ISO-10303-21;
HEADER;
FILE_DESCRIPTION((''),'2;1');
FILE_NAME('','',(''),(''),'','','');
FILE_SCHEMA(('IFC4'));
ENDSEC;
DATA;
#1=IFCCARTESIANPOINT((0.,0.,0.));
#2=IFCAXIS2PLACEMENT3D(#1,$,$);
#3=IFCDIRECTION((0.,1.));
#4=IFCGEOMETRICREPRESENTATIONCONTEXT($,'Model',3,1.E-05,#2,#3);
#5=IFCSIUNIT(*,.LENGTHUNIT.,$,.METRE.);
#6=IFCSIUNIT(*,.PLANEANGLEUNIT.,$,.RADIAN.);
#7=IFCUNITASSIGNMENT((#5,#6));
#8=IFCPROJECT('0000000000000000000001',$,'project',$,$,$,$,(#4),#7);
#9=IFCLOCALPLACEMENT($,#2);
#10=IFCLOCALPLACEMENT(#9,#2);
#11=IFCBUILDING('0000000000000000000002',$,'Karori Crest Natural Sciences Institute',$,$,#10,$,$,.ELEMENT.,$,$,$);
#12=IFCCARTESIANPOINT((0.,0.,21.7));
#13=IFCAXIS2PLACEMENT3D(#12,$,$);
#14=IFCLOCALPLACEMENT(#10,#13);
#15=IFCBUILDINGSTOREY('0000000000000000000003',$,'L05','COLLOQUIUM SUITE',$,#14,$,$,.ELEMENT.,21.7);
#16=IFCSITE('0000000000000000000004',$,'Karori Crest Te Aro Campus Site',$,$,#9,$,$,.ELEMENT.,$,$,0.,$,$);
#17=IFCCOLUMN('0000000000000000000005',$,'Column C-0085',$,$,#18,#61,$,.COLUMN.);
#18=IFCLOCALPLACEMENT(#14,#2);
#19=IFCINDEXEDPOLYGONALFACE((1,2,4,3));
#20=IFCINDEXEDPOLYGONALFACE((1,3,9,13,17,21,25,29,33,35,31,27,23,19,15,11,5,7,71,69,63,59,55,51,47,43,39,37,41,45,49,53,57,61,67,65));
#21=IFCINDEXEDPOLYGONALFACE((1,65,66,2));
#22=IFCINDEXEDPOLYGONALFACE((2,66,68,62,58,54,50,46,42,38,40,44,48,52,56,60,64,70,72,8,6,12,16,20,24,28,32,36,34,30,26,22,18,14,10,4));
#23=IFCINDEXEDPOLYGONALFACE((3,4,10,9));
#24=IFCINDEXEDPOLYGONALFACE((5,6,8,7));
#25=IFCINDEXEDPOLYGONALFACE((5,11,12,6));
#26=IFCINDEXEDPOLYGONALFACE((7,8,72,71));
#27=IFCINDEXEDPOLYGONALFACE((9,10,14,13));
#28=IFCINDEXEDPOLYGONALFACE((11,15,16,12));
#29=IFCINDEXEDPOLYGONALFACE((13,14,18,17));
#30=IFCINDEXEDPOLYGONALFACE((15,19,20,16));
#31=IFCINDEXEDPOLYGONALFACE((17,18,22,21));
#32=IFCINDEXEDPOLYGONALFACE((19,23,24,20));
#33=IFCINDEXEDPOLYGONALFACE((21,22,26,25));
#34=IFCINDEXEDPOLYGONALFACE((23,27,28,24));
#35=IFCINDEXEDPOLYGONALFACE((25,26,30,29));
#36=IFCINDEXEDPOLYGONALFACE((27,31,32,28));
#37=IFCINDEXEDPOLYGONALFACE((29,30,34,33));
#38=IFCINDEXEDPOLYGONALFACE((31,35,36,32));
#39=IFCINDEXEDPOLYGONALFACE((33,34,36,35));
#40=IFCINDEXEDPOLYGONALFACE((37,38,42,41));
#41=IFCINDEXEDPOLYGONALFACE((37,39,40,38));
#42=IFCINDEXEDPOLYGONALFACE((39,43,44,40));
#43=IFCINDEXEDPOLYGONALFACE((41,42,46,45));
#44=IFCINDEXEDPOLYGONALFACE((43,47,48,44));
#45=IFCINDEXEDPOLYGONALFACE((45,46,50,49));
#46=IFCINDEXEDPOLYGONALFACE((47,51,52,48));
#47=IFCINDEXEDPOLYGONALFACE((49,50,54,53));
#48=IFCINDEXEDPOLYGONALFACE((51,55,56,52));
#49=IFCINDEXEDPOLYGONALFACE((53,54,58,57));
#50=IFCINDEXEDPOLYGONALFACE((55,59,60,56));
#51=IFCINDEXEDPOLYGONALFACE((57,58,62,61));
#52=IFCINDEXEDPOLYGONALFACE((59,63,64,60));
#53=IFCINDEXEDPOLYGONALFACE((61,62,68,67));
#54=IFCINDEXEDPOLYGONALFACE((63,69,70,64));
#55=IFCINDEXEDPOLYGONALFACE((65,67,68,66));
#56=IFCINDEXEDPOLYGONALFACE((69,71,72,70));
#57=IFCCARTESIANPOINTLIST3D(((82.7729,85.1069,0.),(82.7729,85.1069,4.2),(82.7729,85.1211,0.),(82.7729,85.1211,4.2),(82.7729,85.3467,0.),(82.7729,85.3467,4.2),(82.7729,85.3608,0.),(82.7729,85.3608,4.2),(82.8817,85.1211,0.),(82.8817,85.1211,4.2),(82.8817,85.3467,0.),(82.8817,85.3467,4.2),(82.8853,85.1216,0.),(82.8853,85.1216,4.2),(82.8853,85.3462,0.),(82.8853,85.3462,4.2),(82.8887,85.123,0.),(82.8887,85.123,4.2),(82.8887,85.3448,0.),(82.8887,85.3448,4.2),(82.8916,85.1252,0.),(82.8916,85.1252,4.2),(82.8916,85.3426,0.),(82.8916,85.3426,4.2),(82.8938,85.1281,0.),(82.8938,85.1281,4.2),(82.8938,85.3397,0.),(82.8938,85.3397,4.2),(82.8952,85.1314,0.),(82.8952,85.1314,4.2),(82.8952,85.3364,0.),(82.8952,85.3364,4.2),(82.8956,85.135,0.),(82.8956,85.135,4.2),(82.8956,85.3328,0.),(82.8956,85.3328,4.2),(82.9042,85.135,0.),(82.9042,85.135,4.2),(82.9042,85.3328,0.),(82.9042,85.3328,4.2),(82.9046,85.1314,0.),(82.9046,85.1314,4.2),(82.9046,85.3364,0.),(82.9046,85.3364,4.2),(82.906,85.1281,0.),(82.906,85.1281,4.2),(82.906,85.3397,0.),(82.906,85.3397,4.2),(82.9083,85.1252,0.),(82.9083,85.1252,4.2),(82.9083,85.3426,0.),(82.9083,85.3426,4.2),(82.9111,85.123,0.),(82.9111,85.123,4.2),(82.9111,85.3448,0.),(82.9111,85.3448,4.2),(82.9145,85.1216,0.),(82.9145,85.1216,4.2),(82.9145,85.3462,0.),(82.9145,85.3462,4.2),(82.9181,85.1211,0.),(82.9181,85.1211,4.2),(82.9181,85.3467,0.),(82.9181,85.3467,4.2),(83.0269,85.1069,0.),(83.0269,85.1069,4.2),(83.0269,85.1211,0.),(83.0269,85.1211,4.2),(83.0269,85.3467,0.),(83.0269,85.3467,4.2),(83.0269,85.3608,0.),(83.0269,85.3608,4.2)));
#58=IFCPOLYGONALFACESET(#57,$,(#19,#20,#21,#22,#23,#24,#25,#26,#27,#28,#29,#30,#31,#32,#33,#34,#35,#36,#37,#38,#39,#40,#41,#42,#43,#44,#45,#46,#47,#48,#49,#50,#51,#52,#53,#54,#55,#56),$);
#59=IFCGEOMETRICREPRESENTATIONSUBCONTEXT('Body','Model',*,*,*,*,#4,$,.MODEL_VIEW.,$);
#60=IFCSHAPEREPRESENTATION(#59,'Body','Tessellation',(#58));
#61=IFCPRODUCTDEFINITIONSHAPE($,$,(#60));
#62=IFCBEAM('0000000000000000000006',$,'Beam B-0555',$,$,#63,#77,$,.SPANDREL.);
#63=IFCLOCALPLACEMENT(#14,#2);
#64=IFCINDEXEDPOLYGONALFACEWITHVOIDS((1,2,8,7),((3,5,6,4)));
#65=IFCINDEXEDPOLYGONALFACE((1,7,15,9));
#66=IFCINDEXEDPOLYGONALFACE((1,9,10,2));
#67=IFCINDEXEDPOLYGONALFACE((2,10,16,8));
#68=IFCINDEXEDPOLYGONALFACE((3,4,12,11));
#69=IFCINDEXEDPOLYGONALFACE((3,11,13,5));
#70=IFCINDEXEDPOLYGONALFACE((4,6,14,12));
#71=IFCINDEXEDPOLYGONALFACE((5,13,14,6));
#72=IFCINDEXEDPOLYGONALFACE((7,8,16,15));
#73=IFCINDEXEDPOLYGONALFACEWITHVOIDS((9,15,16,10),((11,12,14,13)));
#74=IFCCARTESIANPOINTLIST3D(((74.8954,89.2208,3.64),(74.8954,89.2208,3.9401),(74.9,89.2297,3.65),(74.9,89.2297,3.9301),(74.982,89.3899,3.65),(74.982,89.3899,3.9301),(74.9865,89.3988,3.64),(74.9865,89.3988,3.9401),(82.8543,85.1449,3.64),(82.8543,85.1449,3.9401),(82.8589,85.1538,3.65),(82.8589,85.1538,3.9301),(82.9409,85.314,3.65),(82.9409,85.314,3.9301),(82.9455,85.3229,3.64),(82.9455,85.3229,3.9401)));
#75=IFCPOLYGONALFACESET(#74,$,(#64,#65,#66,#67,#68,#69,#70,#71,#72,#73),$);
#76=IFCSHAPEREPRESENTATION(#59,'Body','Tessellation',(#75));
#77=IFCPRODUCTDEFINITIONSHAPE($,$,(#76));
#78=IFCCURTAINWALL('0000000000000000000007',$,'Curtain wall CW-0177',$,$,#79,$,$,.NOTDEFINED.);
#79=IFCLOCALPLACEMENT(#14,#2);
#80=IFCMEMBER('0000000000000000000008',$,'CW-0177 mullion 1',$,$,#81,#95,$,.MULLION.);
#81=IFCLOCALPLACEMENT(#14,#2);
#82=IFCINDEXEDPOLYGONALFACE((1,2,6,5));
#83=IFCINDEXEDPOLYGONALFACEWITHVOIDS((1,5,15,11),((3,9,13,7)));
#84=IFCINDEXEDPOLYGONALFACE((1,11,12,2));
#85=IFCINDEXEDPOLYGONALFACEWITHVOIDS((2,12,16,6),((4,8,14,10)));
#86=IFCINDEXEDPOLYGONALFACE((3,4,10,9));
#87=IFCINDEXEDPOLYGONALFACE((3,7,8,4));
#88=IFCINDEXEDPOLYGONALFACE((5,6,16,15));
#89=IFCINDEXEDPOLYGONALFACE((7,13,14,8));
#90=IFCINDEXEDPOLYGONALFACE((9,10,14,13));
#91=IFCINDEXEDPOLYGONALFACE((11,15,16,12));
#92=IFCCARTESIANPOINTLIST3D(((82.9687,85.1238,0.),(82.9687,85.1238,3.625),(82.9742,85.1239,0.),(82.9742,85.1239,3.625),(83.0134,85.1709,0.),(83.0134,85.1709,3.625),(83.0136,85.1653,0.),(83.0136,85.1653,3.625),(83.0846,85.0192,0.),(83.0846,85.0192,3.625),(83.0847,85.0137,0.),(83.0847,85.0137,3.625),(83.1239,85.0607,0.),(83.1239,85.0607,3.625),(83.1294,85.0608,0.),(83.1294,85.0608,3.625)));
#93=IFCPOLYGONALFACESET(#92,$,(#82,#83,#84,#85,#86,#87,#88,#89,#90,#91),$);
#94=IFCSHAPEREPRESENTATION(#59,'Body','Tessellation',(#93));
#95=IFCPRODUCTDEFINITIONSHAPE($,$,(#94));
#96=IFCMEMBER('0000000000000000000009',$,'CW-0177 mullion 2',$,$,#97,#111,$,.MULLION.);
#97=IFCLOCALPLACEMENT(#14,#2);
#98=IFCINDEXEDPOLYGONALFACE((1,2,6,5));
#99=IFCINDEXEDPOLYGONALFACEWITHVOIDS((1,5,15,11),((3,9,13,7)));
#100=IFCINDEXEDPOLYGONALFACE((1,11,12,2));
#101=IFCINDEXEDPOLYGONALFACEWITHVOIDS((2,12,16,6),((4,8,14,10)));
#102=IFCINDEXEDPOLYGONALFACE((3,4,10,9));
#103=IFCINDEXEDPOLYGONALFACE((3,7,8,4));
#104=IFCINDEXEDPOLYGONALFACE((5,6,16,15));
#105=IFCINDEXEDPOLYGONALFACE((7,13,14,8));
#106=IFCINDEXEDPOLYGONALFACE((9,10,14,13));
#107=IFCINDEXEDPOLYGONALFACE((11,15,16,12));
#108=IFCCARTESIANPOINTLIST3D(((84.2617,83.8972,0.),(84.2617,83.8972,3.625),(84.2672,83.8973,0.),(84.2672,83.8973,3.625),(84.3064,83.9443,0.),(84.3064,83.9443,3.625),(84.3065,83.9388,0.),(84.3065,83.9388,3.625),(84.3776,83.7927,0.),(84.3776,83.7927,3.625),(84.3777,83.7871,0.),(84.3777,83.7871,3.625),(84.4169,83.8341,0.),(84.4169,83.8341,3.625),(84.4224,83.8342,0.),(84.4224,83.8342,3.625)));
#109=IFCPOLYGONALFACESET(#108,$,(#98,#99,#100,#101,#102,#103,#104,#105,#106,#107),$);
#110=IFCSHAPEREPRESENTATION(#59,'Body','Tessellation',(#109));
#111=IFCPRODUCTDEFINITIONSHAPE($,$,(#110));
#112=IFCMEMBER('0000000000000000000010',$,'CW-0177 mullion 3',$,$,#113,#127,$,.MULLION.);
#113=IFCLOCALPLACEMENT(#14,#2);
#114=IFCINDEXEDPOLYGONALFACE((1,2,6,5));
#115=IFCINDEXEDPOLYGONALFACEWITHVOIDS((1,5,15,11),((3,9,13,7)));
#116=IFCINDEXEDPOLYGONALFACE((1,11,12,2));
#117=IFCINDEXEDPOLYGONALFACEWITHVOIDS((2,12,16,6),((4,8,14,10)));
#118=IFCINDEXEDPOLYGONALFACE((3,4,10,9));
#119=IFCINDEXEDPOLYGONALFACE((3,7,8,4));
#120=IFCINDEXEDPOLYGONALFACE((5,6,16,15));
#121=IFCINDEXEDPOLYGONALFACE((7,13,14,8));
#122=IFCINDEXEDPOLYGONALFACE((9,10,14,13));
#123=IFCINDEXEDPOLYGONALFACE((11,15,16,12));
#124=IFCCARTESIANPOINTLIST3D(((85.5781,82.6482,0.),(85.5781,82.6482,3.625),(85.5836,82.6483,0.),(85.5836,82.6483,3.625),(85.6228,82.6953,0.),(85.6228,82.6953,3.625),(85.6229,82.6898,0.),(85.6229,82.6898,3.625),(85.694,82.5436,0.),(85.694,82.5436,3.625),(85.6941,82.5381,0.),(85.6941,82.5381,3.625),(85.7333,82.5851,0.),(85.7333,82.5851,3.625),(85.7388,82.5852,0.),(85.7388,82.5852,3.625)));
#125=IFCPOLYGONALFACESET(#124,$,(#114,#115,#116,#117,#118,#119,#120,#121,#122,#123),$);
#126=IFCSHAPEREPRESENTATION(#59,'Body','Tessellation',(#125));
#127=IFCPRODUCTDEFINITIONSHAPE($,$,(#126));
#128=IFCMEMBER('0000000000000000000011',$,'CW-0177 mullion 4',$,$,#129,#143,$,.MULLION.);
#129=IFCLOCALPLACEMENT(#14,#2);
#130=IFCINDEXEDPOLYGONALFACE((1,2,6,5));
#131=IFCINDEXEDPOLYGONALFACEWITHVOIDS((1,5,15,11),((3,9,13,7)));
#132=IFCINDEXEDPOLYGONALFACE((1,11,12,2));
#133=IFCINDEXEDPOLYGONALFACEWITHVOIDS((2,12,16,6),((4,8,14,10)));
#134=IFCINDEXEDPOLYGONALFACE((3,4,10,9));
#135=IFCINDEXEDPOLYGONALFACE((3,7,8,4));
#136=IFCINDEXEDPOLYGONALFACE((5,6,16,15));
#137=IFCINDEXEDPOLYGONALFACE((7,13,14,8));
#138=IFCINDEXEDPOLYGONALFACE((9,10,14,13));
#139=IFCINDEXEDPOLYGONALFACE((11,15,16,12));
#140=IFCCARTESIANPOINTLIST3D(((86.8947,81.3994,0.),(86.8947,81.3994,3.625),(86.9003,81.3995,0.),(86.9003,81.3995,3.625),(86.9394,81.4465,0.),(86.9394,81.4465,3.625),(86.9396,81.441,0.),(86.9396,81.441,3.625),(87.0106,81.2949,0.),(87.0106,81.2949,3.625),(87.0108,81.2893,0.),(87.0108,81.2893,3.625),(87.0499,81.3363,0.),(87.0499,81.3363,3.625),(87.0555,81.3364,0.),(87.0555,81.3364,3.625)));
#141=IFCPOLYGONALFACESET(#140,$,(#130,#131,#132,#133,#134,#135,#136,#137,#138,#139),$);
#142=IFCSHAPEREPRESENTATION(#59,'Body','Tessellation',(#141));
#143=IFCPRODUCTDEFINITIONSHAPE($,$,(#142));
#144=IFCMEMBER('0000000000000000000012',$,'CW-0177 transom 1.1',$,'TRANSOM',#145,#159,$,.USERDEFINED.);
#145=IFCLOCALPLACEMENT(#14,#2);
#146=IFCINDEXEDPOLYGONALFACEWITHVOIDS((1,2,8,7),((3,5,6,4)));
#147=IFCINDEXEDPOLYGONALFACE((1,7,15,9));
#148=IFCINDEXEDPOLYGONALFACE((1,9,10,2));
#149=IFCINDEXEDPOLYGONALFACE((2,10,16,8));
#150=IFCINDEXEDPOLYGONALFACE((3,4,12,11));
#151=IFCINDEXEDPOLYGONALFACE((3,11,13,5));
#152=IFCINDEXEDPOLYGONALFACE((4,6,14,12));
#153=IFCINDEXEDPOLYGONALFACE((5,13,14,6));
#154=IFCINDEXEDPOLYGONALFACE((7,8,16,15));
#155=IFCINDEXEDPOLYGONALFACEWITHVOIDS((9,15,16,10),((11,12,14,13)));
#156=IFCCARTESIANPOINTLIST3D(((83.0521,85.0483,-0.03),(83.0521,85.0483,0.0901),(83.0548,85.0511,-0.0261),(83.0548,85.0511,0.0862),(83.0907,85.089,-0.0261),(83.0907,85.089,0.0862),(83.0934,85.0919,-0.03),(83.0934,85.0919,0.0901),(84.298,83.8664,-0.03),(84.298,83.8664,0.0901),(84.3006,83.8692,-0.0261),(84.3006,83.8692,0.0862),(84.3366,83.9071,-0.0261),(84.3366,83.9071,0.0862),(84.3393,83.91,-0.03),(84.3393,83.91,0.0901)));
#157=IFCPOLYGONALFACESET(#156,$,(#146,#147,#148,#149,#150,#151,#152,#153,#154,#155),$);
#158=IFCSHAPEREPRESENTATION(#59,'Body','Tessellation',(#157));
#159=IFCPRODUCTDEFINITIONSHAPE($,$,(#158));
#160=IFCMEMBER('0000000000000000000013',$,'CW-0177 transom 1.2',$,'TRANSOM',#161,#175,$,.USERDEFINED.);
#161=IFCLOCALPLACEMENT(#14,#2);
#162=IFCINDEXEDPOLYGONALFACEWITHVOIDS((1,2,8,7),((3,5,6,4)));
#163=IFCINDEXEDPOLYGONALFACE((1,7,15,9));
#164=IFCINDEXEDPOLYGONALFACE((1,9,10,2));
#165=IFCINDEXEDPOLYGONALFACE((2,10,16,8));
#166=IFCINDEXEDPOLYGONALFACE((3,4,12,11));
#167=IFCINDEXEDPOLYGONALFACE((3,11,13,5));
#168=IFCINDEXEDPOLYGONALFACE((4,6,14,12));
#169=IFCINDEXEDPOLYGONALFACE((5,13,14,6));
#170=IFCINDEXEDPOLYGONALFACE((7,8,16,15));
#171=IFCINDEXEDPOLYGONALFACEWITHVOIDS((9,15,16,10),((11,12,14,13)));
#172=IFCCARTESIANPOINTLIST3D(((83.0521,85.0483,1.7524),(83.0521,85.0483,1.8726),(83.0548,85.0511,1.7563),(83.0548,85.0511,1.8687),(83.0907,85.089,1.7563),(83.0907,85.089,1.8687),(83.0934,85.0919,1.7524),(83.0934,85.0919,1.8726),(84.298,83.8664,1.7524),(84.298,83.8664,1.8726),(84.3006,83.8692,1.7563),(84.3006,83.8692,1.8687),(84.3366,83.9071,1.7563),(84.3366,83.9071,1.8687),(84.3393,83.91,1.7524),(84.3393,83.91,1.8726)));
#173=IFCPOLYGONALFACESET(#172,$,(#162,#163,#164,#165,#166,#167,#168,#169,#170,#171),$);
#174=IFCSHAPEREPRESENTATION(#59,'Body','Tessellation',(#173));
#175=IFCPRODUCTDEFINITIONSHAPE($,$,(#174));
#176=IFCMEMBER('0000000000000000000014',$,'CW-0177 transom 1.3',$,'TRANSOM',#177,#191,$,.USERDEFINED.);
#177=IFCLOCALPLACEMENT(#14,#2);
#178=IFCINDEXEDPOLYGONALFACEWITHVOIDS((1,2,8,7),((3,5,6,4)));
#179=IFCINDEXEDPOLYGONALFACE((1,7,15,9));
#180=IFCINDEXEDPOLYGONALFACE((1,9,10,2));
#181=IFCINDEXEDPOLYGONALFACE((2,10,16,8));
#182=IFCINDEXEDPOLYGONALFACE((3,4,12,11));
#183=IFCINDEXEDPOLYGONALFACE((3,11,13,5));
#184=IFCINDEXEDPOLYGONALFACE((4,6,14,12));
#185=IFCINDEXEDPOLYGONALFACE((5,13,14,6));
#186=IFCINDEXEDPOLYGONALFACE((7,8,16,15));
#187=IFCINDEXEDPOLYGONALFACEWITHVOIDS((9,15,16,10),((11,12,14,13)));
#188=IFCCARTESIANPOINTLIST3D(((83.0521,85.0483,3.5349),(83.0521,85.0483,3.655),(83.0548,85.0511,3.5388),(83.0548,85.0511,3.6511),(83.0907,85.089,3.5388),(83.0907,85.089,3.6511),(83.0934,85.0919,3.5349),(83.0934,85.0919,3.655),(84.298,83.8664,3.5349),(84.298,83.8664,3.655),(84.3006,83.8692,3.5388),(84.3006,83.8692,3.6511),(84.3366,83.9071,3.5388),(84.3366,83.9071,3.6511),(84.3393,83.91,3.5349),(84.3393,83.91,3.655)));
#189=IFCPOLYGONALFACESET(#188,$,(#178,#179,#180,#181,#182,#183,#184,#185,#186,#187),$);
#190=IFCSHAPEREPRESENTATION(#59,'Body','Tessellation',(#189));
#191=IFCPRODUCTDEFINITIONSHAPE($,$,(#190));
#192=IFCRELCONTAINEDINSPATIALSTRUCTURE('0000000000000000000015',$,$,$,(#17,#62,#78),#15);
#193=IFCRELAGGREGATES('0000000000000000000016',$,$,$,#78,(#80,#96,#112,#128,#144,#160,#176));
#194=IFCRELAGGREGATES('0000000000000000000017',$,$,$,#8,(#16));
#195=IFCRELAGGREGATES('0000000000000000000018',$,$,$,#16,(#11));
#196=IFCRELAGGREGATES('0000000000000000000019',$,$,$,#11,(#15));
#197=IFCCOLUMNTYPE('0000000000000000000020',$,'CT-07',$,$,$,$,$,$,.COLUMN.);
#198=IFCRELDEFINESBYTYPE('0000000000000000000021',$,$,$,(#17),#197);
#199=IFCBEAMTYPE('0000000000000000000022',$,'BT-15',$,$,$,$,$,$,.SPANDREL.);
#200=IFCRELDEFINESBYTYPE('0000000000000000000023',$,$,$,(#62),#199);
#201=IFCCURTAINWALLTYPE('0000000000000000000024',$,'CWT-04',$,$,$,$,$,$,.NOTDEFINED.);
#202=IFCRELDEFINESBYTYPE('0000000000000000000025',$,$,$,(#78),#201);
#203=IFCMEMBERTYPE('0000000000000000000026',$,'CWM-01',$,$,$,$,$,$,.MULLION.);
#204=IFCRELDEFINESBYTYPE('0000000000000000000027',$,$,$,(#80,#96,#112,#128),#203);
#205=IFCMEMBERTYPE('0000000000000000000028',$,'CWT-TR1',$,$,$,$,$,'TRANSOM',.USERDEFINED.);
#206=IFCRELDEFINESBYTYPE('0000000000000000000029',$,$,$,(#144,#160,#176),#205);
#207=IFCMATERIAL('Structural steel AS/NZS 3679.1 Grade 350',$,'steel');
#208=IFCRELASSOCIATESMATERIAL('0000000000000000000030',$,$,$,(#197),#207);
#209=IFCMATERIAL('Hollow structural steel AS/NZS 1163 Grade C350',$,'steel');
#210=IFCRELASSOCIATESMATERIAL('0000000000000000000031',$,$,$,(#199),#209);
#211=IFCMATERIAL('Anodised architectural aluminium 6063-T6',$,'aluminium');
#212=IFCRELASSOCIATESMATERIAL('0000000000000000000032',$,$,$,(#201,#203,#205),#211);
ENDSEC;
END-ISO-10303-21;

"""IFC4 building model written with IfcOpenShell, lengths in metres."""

from ifc_helpers import new_model, si_unit, direction, frame, origin, origin_2d, place, context, subcontext, project, spatial, hollow_rectangle, i_section, extrude, material, material_profile, profile_set, type_object, element, aggregate, save


model = new_model("IFC4")

# Units and contexts
model_context = context("Model", 3, precision=1e-05, world=origin(), true_north=direction((0.0, 1.0)))
body_context = subcontext(model_context, "Body", "Model", "MODEL_VIEW")
ifc_project = project(units=[si_unit("LENGTHUNIT", "METRE"), si_unit("PLANEANGLEUNIT", "RADIAN")], contexts=[model_context])

# Site, building, storey
site_placement = place(None, origin())
site = spatial("IfcSite", under=ifc_project, at=site_placement, Name="Karori Crest Te Aro Campus Site", CompositionType="ELEMENT", RefElevation=0.0)
building_placement = place(site_placement, origin())
building = spatial("IfcBuilding", under=site, at=building_placement, Name="Karori Crest Natural Sciences Institute", CompositionType="ELEMENT")
storey_placement = place(building_placement, frame((0.0, 0.0, 21.7)))
storey = spatial("IfcBuildingStorey", under=building, at=storey_placement, Name="L05", Description="COLLOQUIUM SUITE", CompositionType="ELEMENT", Elevation=21.7)

# Column
ifc_material_1 = material(Name="Structural steel AS/NZS 3679.1 Grade 350", Category="steel")
ifc_material_profile_1 = material_profile(ifc_material_1, i_section(OverallWidth=0.2539, OverallDepth=0.2539, WebThickness=0.0085, FlangeThickness=0.0142, FilletRadius=0.0139, at=origin_2d()), Name="250UC72.9")
ifc_profile_set_1 = profile_set([ifc_material_profile_1], Name="Structural steel AS/NZS 3679.1 Grade 350")
column_type = type_object("IfcColumnType", Name="CT-07", PredefinedType="COLUMN", material=ifc_profile_set_1)
column_placement = place(storey_placement, frame((82.8999, 85.2339, 0.0), z_axis=(0.0, 0.0, 1.0), x_axis=(1.0, 0.0, 0.0)))
element("IfcColumn", 1, at=column_placement, inside=storey, type_object=column_type, Name="Column C-0085", PredefinedType="COLUMN", context=body_context, shape_type="SweptSolid", body=[
    extrude(i_section(OverallWidth=0.2539, OverallDepth=0.2539, WebThickness=0.0085, FlangeThickness=0.0142, FilletRadius=0.0139, at=origin_2d()), origin(), (0.0, 0.0, 1.0), 4.2),
])

# Beam
ifc_material_2 = material(Name="Hollow structural steel AS/NZS 1163 Grade C350", Category="steel")
ifc_material_profile_2 = material_profile(ifc_material_2, hollow_rectangle(XDim=0.2, YDim=0.3, WallThickness=0.01, at=origin_2d()), Name="RHS300x200x10")
ifc_profile_set_2 = profile_set([ifc_material_profile_2], Name="Hollow structural steel AS/NZS 1163 Grade C350")
beam_type = type_object("IfcBeamType", Name="BT-15", PredefinedType="SPANDREL", material=ifc_profile_set_2)
beam_placement = place(storey_placement, frame((82.8999, 85.2339, 3.79), z_axis=(-0.890072, 0.45582, 0.0), x_axis=(-0.45582, -0.890072, 0.0)))
element("IfcBeam", 2, at=beam_placement, inside=storey, type_object=beam_type, Name="Beam B-0555", PredefinedType="SPANDREL", context=body_context, shape_type="SweptSolid", body=[
    extrude(hollow_rectangle(XDim=0.2, YDim=0.3, WallThickness=0.01, at=origin_2d()), origin(), (0.0, 0.0, 1.0), 8.9419),
])

# Curtain wall, members
ifc_material_3 = material(Name="Anodised architectural aluminium 6063-T6", Category="aluminium")
curtain_wall_type = type_object("IfcCurtainWallType", Name="CWT-04", PredefinedType="NOTDEFINED", material=ifc_material_3)
curtain_wall_placement = place(storey_placement, origin())
curtain_wall = element("IfcCurtainWall", 3, at=curtain_wall_placement, inside=storey, type_object=curtain_wall_type, Name="Curtain wall CW-0177", PredefinedType="NOTDEFINED")
ifc_material_profile_3 = material_profile(ifc_material_3, hollow_rectangle(XDim=0.0649, YDim=0.1599, WallThickness=0.0039, at=origin_2d()), Name="CWM160x65x4")
ifc_profile_set_3 = profile_set([ifc_material_profile_3], Name="Anodised architectural aluminium 6063-T6")
member_type_1 = type_object("IfcMemberType", Name="CWM-01", PredefinedType="MULLION", material=ifc_profile_set_3)
member_1_placement = place(storey_placement, frame((83.0491, 85.0923, 0.0), z_axis=(0.0, 0.0, 1.0), x_axis=(0.688252, 0.725471, 0.0)))
member_1 = element("IfcMember", 4, at=member_1_placement, type_object=member_type_1, Name="CW-0177 mullion 1", PredefinedType="MULLION", context=body_context, shape_type="SweptSolid", body=[
    extrude(hollow_rectangle(XDim=0.0649, YDim=0.1599, WallThickness=0.0039, at=origin_2d()), origin(), (0.0, 0.0, 1.0), 3.625),
])
member_2_placement = place(storey_placement, frame((84.342, 83.8657, 0.0), z_axis=(0.0, 0.0, 1.0), x_axis=(0.688252, 0.725471, 0.0)))
member_2 = element("IfcMember", 5, at=member_2_placement, type_object=member_type_1, Name="CW-0177 mullion 2", PredefinedType="MULLION", context=body_context, shape_type="SweptSolid", body=[
    extrude(hollow_rectangle(XDim=0.0649, YDim=0.1599, WallThickness=0.0039, at=origin_2d()), origin(), (0.0, 0.0, 1.0), 3.625),
])
member_3_placement = place(storey_placement, frame((85.6584, 82.6167, 0.0), z_axis=(0.0, 0.0, 1.0), x_axis=(0.688252, 0.725471, 0.0)))
member_3 = element("IfcMember", 6, at=member_3_placement, type_object=member_type_1, Name="CW-0177 mullion 3", PredefinedType="MULLION", context=body_context, shape_type="SweptSolid", body=[
    extrude(hollow_rectangle(XDim=0.0649, YDim=0.1599, WallThickness=0.0039, at=origin_2d()), origin(), (0.0, 0.0, 1.0), 3.625),
])
member_4_placement = place(storey_placement, frame((86.9751, 81.3679, 0.0), z_axis=(0.0, 0.0, 1.0), x_axis=(0.688252, 0.725471, 0.0)))
member_4 = element("IfcMember", 7, at=member_4_placement, type_object=member_type_1, Name="CW-0177 mullion 4", PredefinedType="MULLION", context=body_context, shape_type="SweptSolid", body=[
    extrude(hollow_rectangle(XDim=0.0649, YDim=0.1599, WallThickness=0.0039, at=origin_2d()), origin(), (0.0, 0.0, 1.0), 3.625),
])
ifc_material_profile_4 = material_profile(ifc_material_3, hollow_rectangle(XDim=0.0601, YDim=0.1201, WallThickness=0.0039, at=origin_2d()), Name="CWT120x60x4")
ifc_profile_set_4 = profile_set([ifc_material_profile_4], Name="Anodised architectural aluminium 6063-T6")
member_type_2 = type_object("IfcMemberType", Name="CWT-TR1", ElementType="TRANSOM", PredefinedType="USERDEFINED", material=ifc_profile_set_4)
member_5_placement = place(storey_placement, frame((83.0728, 85.0701, 0.03), z_axis=(0.725486, -0.688237, 0.0), x_axis=(0.688237, 0.725486, 0.0)))
member_5 = element("IfcMember", 8, at=member_5_placement, type_object=member_type_2, Name="CW-0177 transom 1.1", ObjectType="TRANSOM", PredefinedType="USERDEFINED", context=body_context, shape_type="SweptSolid", body=[
    extrude(hollow_rectangle(XDim=0.0601, YDim=0.1201, WallThickness=0.0039, at=origin_2d()), origin(), (0.0, 0.0, 1.0), 1.7173),
])
member_6_placement = place(storey_placement, frame((83.0728, 85.0701, 1.8125), z_axis=(0.725486, -0.688237, 0.0), x_axis=(0.688237, 0.725486, 0.0)))
member_6 = element("IfcMember", 9, at=member_6_placement, type_object=member_type_2, Name="CW-0177 transom 1.2", ObjectType="TRANSOM", PredefinedType="USERDEFINED", context=body_context, shape_type="SweptSolid", body=[
    extrude(hollow_rectangle(XDim=0.0601, YDim=0.1201, WallThickness=0.0039, at=origin_2d()), origin(), (0.0, 0.0, 1.0), 1.7173),
])
member_7_placement = place(storey_placement, frame((83.0728, 85.0701, 3.595), z_axis=(0.725486, -0.688237, 0.0), x_axis=(0.688237, 0.725486, 0.0)))
member_7 = element("IfcMember", 10, at=member_7_placement, type_object=member_type_2, Name="CW-0177 transom 1.3", ObjectType="TRANSOM", PredefinedType="USERDEFINED", context=body_context, shape_type="SweptSolid", body=[
    extrude(hollow_rectangle(XDim=0.0601, YDim=0.1201, WallThickness=0.0039, at=origin_2d()), origin(), (0.0, 0.0, 1.0), 1.7173),
])
aggregate(curtain_wall, [member_1, member_2, member_3, member_4, member_5, member_6, member_7])

save(model, "model.ifc")
